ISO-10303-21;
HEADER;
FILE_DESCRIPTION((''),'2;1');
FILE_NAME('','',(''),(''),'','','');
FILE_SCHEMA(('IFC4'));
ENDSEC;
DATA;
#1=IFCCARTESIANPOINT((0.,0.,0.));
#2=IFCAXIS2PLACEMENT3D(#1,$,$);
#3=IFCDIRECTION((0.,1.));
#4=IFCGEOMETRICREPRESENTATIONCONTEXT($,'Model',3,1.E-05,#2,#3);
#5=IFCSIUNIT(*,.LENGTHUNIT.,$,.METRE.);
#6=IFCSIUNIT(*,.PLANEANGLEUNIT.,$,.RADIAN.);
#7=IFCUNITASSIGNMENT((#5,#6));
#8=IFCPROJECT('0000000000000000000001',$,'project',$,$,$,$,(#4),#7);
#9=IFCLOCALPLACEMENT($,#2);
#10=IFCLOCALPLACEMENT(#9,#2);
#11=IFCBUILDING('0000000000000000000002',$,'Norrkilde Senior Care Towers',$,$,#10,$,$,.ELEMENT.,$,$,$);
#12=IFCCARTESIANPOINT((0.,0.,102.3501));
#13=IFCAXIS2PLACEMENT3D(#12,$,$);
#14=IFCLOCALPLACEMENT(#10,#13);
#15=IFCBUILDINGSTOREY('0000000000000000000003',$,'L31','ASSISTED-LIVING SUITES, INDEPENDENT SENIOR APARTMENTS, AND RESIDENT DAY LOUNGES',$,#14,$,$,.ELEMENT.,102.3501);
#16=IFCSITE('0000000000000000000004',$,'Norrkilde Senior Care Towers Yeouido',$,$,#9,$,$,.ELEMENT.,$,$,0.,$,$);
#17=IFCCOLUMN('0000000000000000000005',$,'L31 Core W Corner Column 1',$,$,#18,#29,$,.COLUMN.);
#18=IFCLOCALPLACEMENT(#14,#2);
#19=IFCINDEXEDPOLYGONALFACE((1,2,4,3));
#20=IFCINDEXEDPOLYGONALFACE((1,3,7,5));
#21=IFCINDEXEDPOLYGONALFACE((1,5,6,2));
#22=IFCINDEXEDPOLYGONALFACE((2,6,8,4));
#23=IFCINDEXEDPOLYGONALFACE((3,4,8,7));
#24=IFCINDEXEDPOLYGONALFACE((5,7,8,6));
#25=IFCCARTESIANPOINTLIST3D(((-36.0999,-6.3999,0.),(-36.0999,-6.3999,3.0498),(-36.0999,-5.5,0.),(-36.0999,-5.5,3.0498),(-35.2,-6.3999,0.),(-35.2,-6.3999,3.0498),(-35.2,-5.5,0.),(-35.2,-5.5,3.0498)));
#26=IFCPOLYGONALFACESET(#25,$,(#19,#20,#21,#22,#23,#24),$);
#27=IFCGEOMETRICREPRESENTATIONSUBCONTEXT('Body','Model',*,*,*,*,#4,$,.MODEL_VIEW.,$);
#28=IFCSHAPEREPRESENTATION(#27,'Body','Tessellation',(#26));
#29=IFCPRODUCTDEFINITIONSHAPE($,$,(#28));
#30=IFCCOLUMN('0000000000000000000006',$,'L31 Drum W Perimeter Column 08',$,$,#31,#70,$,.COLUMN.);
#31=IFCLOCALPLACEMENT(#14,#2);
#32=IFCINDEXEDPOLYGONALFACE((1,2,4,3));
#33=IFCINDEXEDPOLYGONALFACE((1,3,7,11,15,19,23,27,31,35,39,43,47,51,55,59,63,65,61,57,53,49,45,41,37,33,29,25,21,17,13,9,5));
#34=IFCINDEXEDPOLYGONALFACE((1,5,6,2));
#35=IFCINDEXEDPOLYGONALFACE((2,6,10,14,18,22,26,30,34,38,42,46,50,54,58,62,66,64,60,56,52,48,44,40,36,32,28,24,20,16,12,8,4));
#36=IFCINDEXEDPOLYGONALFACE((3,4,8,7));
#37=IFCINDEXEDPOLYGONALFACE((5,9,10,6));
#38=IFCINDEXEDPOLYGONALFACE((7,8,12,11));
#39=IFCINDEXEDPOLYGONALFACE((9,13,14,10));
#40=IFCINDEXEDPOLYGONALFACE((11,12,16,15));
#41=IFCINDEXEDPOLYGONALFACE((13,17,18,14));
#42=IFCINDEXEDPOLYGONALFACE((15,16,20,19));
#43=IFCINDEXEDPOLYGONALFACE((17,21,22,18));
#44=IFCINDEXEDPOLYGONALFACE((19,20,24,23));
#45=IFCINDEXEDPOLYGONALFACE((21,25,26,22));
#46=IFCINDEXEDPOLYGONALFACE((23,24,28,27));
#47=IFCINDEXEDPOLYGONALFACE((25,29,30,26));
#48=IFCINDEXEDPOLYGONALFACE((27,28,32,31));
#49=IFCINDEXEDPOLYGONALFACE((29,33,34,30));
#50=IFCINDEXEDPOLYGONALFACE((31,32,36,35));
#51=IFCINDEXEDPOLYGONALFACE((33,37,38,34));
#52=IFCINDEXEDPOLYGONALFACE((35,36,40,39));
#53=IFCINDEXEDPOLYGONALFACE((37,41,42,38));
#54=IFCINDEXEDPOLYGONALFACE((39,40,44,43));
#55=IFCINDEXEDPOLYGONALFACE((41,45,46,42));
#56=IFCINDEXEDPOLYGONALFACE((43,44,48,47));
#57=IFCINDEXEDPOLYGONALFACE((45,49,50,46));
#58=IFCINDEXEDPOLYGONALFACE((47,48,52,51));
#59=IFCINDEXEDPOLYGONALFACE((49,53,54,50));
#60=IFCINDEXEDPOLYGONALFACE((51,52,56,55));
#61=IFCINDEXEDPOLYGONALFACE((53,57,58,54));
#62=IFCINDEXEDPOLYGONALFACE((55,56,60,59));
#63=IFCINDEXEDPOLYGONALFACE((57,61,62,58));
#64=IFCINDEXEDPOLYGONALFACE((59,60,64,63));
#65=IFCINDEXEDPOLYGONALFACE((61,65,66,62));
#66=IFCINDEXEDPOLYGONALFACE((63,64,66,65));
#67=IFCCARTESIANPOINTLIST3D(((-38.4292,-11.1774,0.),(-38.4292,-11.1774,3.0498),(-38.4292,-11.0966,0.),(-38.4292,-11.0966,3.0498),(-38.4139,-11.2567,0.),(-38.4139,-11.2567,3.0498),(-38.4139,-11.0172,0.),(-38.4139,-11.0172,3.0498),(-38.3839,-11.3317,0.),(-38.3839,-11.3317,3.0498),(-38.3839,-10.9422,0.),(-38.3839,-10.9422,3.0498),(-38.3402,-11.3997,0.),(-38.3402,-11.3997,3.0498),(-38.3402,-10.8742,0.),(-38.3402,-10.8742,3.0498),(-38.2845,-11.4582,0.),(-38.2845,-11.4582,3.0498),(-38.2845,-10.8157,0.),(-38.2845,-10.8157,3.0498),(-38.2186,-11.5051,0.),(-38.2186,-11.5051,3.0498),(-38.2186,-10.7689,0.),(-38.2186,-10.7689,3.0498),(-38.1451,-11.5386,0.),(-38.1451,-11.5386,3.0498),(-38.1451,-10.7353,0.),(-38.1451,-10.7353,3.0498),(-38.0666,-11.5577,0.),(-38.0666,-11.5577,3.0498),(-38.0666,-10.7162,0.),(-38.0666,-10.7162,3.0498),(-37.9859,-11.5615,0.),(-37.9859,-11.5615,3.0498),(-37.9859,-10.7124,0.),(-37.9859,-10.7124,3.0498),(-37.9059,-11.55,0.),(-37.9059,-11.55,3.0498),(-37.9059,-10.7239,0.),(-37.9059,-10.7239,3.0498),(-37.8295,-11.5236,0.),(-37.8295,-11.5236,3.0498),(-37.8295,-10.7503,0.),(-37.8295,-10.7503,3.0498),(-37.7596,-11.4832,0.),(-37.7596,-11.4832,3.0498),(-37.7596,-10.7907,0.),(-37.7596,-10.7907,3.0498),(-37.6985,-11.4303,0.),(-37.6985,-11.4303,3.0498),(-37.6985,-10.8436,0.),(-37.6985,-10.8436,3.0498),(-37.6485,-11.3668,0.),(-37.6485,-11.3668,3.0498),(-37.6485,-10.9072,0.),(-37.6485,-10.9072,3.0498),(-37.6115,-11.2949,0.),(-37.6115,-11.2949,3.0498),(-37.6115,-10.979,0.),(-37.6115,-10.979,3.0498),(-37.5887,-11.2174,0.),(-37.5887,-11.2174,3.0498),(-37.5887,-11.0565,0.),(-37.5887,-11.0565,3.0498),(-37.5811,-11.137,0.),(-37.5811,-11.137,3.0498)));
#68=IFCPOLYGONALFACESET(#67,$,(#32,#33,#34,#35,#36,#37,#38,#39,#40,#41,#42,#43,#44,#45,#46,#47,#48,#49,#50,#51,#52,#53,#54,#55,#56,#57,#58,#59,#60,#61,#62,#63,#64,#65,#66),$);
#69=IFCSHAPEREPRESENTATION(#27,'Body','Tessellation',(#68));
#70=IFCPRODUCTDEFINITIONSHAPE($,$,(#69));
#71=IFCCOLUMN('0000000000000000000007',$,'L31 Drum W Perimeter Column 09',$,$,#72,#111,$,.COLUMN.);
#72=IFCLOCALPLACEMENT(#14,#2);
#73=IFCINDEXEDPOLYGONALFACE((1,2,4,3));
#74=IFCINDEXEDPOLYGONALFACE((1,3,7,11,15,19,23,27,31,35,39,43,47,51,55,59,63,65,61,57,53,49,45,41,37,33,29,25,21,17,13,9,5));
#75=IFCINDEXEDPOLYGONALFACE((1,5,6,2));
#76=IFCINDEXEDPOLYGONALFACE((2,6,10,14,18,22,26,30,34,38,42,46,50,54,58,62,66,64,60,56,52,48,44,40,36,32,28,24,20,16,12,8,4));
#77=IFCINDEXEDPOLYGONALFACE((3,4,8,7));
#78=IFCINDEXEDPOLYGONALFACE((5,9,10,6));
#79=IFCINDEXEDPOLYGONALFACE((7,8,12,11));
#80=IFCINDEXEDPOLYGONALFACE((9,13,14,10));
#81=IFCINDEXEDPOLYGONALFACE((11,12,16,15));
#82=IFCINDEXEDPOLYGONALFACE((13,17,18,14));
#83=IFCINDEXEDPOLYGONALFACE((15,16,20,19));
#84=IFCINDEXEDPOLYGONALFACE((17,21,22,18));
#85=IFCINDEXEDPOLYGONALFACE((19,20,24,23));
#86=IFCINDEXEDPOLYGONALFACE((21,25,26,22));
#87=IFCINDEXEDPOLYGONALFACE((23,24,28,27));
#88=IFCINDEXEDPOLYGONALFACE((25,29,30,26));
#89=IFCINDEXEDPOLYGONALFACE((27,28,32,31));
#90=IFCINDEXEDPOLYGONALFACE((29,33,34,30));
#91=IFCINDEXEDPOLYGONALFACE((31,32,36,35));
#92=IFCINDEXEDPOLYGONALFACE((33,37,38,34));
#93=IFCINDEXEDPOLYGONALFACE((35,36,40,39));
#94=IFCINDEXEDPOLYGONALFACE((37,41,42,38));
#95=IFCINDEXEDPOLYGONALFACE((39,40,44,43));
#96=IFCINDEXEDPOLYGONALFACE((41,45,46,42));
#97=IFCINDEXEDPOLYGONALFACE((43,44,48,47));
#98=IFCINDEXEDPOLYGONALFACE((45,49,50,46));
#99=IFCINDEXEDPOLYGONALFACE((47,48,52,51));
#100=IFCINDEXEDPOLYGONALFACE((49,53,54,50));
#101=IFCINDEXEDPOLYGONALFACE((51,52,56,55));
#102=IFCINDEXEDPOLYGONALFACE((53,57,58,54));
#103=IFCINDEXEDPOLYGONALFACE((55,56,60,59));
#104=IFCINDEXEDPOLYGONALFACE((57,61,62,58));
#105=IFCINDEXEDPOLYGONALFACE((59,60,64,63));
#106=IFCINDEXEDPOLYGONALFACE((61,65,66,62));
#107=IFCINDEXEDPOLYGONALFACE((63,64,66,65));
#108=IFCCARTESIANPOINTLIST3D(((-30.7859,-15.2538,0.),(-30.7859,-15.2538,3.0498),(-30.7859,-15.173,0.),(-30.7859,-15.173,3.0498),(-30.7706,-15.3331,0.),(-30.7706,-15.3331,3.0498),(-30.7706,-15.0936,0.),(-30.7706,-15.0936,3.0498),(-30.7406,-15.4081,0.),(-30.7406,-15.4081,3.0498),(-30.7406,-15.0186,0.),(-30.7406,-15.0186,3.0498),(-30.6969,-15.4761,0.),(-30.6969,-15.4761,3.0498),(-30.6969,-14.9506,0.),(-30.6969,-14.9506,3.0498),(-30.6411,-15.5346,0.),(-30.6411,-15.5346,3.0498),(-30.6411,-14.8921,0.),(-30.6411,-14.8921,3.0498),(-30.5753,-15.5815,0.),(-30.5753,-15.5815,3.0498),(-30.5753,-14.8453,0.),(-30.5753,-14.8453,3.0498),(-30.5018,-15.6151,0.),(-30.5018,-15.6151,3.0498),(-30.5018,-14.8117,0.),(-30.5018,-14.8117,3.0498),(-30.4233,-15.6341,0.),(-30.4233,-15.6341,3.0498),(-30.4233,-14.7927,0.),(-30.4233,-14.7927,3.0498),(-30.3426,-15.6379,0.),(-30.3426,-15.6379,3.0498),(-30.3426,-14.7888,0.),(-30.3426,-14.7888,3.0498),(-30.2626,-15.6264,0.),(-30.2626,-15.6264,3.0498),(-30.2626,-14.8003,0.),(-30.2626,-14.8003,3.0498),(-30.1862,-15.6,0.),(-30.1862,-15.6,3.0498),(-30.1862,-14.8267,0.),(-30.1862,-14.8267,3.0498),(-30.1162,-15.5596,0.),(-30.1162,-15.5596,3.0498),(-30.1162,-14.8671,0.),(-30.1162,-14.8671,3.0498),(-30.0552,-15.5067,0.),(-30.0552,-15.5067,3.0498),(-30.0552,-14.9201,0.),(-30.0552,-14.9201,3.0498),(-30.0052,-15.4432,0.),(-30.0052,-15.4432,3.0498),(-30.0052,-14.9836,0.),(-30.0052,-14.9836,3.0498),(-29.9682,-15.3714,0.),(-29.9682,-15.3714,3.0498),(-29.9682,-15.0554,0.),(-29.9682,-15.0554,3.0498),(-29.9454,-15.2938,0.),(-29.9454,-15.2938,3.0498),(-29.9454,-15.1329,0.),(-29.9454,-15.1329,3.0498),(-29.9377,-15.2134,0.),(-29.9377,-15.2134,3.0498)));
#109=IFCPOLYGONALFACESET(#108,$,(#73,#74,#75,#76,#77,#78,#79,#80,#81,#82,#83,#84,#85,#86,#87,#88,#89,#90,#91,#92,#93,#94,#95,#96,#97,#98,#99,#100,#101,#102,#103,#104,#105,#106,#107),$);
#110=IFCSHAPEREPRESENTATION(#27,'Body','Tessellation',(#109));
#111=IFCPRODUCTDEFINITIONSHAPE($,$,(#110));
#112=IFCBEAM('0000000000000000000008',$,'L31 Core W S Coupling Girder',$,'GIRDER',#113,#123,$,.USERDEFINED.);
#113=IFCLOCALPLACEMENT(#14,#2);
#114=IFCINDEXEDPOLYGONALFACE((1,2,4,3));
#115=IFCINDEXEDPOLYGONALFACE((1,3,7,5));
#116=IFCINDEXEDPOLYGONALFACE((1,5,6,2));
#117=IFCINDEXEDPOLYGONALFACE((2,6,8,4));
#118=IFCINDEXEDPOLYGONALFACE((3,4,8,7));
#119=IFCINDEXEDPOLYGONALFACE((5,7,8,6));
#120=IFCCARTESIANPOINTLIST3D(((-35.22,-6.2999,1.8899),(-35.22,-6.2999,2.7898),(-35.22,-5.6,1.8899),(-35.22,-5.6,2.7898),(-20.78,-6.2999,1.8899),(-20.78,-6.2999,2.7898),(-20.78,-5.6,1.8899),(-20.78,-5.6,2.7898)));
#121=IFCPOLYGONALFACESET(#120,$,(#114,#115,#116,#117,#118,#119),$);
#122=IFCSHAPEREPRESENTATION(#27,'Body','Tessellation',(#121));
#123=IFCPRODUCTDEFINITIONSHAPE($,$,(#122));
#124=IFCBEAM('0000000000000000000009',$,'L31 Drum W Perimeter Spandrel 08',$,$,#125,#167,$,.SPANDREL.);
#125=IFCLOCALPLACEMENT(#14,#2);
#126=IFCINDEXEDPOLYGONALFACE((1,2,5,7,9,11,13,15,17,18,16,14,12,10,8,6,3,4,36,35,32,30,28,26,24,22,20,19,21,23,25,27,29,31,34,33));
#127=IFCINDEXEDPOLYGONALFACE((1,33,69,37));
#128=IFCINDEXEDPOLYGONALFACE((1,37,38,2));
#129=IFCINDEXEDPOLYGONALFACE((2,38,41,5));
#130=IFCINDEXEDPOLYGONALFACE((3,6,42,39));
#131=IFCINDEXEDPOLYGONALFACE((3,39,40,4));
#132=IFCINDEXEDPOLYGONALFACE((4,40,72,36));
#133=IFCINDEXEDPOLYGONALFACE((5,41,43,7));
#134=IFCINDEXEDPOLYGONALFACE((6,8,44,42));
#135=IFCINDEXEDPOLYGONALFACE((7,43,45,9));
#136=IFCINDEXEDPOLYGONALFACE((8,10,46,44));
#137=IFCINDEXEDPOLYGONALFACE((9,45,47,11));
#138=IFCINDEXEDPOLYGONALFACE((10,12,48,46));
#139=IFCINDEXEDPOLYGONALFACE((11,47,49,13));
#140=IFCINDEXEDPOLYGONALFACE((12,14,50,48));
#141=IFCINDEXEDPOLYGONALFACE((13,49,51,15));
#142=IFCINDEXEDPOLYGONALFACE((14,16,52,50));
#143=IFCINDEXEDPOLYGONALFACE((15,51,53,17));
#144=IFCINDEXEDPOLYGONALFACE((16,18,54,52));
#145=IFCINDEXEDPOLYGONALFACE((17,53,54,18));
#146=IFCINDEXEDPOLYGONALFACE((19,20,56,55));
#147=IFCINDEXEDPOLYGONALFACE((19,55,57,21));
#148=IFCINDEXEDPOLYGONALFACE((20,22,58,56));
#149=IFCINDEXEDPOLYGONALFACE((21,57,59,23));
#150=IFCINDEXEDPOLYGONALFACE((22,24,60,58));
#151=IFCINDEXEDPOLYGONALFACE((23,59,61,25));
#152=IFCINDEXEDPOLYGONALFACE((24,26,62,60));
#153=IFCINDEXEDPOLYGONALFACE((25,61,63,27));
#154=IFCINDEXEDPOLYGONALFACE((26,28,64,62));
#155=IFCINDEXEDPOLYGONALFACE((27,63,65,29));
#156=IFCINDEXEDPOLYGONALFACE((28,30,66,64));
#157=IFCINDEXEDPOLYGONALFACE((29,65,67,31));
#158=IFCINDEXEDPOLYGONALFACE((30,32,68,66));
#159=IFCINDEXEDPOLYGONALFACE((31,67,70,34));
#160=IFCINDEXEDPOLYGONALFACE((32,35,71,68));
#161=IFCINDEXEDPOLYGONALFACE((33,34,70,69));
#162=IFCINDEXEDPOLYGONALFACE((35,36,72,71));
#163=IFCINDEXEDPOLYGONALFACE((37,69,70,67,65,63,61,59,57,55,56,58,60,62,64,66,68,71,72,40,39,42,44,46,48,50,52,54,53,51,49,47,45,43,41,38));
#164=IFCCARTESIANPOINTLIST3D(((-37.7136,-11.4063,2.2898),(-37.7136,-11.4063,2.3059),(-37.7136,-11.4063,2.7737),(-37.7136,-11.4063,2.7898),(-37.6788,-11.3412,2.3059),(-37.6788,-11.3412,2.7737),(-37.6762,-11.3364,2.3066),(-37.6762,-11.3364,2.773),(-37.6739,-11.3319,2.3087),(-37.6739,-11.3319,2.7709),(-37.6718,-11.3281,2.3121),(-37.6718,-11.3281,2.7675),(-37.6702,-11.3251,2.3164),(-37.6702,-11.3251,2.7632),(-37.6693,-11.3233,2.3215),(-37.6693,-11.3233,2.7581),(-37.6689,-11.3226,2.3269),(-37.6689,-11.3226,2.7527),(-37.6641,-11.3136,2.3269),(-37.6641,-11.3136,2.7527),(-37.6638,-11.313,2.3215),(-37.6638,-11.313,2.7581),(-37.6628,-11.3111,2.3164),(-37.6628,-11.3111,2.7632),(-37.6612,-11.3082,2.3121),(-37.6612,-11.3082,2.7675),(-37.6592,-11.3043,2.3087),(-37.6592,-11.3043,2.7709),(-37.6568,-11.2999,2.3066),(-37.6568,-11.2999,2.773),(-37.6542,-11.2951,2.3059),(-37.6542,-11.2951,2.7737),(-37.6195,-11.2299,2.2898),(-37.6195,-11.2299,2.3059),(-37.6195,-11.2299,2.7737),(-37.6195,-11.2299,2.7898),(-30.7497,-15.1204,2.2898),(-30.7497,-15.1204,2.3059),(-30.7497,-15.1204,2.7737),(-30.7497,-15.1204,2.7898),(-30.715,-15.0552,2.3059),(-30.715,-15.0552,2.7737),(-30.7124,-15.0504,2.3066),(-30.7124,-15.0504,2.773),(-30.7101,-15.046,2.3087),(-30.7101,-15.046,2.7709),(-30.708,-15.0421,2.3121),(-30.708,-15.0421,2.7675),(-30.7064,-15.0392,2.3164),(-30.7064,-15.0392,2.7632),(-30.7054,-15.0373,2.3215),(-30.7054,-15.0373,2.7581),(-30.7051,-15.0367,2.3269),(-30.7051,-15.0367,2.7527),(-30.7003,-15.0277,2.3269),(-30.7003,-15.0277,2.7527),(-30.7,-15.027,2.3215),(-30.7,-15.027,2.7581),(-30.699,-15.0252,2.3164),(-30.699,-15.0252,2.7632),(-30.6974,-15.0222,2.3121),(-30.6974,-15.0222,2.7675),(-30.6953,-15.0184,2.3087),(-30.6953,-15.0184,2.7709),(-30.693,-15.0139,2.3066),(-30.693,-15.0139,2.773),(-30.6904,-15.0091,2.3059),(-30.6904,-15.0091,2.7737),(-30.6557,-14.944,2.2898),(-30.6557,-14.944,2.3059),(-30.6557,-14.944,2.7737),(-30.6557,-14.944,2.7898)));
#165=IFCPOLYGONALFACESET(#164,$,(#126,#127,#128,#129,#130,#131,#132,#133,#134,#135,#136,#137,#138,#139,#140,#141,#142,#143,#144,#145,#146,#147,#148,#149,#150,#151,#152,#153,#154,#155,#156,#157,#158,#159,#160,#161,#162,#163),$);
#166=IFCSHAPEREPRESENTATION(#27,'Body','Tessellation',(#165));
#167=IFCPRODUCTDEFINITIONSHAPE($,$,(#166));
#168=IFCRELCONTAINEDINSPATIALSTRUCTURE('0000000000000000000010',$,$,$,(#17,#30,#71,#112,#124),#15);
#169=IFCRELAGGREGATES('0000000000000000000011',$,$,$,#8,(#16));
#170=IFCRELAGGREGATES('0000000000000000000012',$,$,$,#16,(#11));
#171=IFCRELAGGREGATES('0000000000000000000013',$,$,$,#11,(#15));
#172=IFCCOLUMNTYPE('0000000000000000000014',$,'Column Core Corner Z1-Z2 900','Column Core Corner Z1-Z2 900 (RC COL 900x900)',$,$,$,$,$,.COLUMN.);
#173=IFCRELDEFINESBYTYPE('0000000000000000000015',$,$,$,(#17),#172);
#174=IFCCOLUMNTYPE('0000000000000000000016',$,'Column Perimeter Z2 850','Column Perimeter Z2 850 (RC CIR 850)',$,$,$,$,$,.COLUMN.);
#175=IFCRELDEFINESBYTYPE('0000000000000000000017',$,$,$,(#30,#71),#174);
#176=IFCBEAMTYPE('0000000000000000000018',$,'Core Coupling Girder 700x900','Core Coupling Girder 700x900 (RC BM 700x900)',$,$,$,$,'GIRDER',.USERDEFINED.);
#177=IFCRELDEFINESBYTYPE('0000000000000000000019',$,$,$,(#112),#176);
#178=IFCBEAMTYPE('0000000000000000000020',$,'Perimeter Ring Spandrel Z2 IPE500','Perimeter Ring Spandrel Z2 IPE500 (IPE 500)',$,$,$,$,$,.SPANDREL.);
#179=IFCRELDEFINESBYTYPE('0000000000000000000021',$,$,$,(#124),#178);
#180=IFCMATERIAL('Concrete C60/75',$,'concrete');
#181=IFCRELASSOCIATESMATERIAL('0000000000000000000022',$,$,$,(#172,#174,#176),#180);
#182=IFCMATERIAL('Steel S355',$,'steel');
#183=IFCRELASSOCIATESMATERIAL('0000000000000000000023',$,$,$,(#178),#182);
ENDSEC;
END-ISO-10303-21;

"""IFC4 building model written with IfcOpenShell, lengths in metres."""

from ifc_helpers import new_model, si_unit, direction, frame, origin, origin_2d, place, context, subcontext, project, spatial, rectangle, circle, i_section, extrude, source, transform, mapped, material, material_profile, profile_set, type_object, type_shapes, element, save


model = new_model("IFC4")

# Units and contexts
model_context = context("Model", 3, precision=1e-05, world=origin(), true_north=direction((0.0, 1.0)))
body_context = subcontext(model_context, "Body", "Model", "MODEL_VIEW")
ifc_project = project(units=[si_unit("LENGTHUNIT", "METRE"), si_unit("PLANEANGLEUNIT", "RADIAN")], contexts=[model_context])

# Site, building, storey
site_placement = place(None, origin())
site = spatial("IfcSite", under=ifc_project, at=site_placement, Name="Norrkilde Senior Care Towers Yeouido", CompositionType="ELEMENT", RefElevation=0.0)
building_placement = place(site_placement, origin())
building = spatial("IfcBuilding", under=site, at=building_placement, Name="Norrkilde Senior Care Towers", CompositionType="ELEMENT")
storey_placement = place(building_placement, frame((0.0, 0.0, 102.3501)))
storey = spatial("IfcBuildingStorey", under=building, at=storey_placement, Name="L31", Description="ASSISTED-LIVING SUITES, INDEPENDENT SENIOR APARTMENTS, AND RESIDENT DAY LOUNGES", CompositionType="ELEMENT", Elevation=102.3501)

# Columns
ifc_material_1 = material(Name="Concrete C60/75", Category="concrete")
ifc_material_profile_1 = material_profile(ifc_material_1, rectangle(XDim=0.8999, YDim=0.8999, at=origin_2d()), Name="RC COL 900x900")
ifc_profile_set_1 = profile_set([ifc_material_profile_1], Name="Concrete C60/75")
column_type_1 = type_object("IfcColumnType", Name="Column Core Corner Z1-Z2 900", Description="Column Core Corner Z1-Z2 900 (RC COL 900x900)", PredefinedType="COLUMN", material=ifc_profile_set_1)
shared_shape_1 = source(origin(), body_context, "Body", "SweptSolid", [
    extrude(rectangle(XDim=0.8999, YDim=0.8999, at=origin_2d()), origin(), (0.0, 0.0, 1.0), 3.0498),
])
type_shapes(column_type_1, [shared_shape_1])
column_placement = place(storey_placement, frame((-35.6499, -5.95, 0.0), z_axis=(0.0, 0.0, 1.0), x_axis=(1.0, 0.0, 0.0)))
element("IfcColumn", 1, at=column_placement, inside=storey, type_object=column_type_1, Name="L31 Core W Corner Column 1", PredefinedType="COLUMN", context=body_context, shape_type="MappedRepresentation", body=[
    mapped(shared_shape_1, transform((0.0, 0.0, 0.0), x_axis=(1.0, 0.0, 0.0), y_axis=(0.0, 1.0, 0.0), z_axis=(0.0, 0.0, 1.0), scale=1.0)),
])
ifc_material_profile_2 = material_profile(ifc_material_1, circle(Radius=0.425, at=origin_2d()), Name="RC CIR 850")
ifc_profile_set_2 = profile_set([ifc_material_profile_2], Name="Concrete C60/75")
column_type_2 = type_object("IfcColumnType", Name="Column Perimeter Z2 850", Description="Column Perimeter Z2 850 (RC CIR 850)", PredefinedType="COLUMN", material=ifc_profile_set_2)
shared_shape_2 = source(origin(), body_context, "Body", "SweptSolid", [
    extrude(circle(Radius=0.425, at=origin_2d()), origin(), (0.0, 0.0, 1.0), 3.0498),
])
type_shapes(column_type_2, [shared_shape_2])
for number, where, z_axis, x_axis, name in (
    (2, (-38.0061, -11.137, 0.0), (0.0, 0.0, 1.0), (1.0, 0.0, 0.0), "L31 Drum W Perimeter Column 08"),
    (3, (-30.3628, -15.2134, 0.0), (0.0, 0.0, 1.0), (1.0, 0.0, 0.0), "L31 Drum W Perimeter Column 09"),
):
    element("IfcColumn", number, at=place(storey_placement, frame(where, z_axis=z_axis, x_axis=x_axis)), inside=storey, type_object=column_type_2, Name=name, PredefinedType="COLUMN", context=body_context, shape_type="MappedRepresentation", body=[
        mapped(shared_shape_2, transform((0.0, 0.0, 0.0), x_axis=(1.0, 0.0, 0.0), y_axis=(0.0, 1.0, 0.0), z_axis=(0.0, 0.0, 1.0), scale=1.0)),
    ])

# Beams
ifc_material_profile_3 = material_profile(ifc_material_1, rectangle(XDim=0.7, YDim=0.8999, at=origin_2d()), Name="RC BM 700x900")
ifc_profile_set_3 = profile_set([ifc_material_profile_3], Name="Concrete C60/75")
beam_type_1 = type_object("IfcBeamType", Name="Core Coupling Girder 700x900", Description="Core Coupling Girder 700x900 (RC BM 700x900)", ElementType="GIRDER", PredefinedType="USERDEFINED", material=ifc_profile_set_3)
shared_shape_3 = source(origin(), body_context, "Body", "SweptSolid", [
    extrude(rectangle(XDim=0.7, YDim=0.8999, at=origin_2d()), origin(), (0.0, 0.0, 1.0), 14.4399),
])
type_shapes(beam_type_1, [shared_shape_3])
beam_1_placement = place(storey_placement, frame((-35.22, -5.95, 2.3398), z_axis=(1.0, 0.0, 0.0), x_axis=(0.0, 1.0, 0.0)))
element("IfcBeam", 4, at=beam_1_placement, inside=storey, type_object=beam_type_1, Name="L31 Core W S Coupling Girder", ObjectType="GIRDER", PredefinedType="USERDEFINED", context=body_context, shape_type="MappedRepresentation", body=[
    mapped(shared_shape_3, transform((0.0, 0.0, 0.0), x_axis=(1.0, 0.0, 0.0), y_axis=(0.0, 1.0, 0.0), z_axis=(0.0, 0.0, 1.0), scale=1.0)),
])
ifc_material_2 = material(Name="Steel S355", Category="steel")
ifc_material_profile_4 = material_profile(ifc_material_2, i_section(OverallWidth=0.2, OverallDepth=0.5, WebThickness=0.0103, FlangeThickness=0.0161, FilletRadius=0.021, at=origin_2d()), Name="IPE 500")
ifc_profile_set_4 = profile_set([ifc_material_profile_4], Name="Steel S355")
beam_type_2 = type_object("IfcBeamType", Name="Perimeter Ring Spandrel Z2 IPE500", Description="Perimeter Ring Spandrel Z2 IPE500 (IPE 500)", PredefinedType="SPANDREL", material=ifc_profile_set_4)
shared_shape_4 = source(origin(), body_context, "Body", "SweptSolid", [
    extrude(i_section(OverallWidth=0.2, OverallDepth=0.5, WebThickness=0.0103, FlangeThickness=0.0161, FilletRadius=0.021, at=origin_2d()), origin(), (0.0, 0.0, 1.0), 7.8923),
])
beam_2_placement = place(storey_placement, frame((-37.6665, -11.3181, 2.5398), z_axis=(0.88235, -0.470593, 0.0), x_axis=(0.470593, 0.88235, 0.0)))
element("IfcBeam", 5, at=beam_2_placement, inside=storey, type_object=beam_type_2, Name="L31 Drum W Perimeter Spandrel 08", PredefinedType="SPANDREL", context=body_context, shape_type="MappedRepresentation", body=[
    mapped(shared_shape_4, transform((0.0, 0.0, 0.0), x_axis=(1.0, 0.0, 0.0), y_axis=(0.0, 1.0, 0.0), z_axis=(0.0, 0.0, 1.0), scale=1.0)),
])

save(model, "model.ifc")
